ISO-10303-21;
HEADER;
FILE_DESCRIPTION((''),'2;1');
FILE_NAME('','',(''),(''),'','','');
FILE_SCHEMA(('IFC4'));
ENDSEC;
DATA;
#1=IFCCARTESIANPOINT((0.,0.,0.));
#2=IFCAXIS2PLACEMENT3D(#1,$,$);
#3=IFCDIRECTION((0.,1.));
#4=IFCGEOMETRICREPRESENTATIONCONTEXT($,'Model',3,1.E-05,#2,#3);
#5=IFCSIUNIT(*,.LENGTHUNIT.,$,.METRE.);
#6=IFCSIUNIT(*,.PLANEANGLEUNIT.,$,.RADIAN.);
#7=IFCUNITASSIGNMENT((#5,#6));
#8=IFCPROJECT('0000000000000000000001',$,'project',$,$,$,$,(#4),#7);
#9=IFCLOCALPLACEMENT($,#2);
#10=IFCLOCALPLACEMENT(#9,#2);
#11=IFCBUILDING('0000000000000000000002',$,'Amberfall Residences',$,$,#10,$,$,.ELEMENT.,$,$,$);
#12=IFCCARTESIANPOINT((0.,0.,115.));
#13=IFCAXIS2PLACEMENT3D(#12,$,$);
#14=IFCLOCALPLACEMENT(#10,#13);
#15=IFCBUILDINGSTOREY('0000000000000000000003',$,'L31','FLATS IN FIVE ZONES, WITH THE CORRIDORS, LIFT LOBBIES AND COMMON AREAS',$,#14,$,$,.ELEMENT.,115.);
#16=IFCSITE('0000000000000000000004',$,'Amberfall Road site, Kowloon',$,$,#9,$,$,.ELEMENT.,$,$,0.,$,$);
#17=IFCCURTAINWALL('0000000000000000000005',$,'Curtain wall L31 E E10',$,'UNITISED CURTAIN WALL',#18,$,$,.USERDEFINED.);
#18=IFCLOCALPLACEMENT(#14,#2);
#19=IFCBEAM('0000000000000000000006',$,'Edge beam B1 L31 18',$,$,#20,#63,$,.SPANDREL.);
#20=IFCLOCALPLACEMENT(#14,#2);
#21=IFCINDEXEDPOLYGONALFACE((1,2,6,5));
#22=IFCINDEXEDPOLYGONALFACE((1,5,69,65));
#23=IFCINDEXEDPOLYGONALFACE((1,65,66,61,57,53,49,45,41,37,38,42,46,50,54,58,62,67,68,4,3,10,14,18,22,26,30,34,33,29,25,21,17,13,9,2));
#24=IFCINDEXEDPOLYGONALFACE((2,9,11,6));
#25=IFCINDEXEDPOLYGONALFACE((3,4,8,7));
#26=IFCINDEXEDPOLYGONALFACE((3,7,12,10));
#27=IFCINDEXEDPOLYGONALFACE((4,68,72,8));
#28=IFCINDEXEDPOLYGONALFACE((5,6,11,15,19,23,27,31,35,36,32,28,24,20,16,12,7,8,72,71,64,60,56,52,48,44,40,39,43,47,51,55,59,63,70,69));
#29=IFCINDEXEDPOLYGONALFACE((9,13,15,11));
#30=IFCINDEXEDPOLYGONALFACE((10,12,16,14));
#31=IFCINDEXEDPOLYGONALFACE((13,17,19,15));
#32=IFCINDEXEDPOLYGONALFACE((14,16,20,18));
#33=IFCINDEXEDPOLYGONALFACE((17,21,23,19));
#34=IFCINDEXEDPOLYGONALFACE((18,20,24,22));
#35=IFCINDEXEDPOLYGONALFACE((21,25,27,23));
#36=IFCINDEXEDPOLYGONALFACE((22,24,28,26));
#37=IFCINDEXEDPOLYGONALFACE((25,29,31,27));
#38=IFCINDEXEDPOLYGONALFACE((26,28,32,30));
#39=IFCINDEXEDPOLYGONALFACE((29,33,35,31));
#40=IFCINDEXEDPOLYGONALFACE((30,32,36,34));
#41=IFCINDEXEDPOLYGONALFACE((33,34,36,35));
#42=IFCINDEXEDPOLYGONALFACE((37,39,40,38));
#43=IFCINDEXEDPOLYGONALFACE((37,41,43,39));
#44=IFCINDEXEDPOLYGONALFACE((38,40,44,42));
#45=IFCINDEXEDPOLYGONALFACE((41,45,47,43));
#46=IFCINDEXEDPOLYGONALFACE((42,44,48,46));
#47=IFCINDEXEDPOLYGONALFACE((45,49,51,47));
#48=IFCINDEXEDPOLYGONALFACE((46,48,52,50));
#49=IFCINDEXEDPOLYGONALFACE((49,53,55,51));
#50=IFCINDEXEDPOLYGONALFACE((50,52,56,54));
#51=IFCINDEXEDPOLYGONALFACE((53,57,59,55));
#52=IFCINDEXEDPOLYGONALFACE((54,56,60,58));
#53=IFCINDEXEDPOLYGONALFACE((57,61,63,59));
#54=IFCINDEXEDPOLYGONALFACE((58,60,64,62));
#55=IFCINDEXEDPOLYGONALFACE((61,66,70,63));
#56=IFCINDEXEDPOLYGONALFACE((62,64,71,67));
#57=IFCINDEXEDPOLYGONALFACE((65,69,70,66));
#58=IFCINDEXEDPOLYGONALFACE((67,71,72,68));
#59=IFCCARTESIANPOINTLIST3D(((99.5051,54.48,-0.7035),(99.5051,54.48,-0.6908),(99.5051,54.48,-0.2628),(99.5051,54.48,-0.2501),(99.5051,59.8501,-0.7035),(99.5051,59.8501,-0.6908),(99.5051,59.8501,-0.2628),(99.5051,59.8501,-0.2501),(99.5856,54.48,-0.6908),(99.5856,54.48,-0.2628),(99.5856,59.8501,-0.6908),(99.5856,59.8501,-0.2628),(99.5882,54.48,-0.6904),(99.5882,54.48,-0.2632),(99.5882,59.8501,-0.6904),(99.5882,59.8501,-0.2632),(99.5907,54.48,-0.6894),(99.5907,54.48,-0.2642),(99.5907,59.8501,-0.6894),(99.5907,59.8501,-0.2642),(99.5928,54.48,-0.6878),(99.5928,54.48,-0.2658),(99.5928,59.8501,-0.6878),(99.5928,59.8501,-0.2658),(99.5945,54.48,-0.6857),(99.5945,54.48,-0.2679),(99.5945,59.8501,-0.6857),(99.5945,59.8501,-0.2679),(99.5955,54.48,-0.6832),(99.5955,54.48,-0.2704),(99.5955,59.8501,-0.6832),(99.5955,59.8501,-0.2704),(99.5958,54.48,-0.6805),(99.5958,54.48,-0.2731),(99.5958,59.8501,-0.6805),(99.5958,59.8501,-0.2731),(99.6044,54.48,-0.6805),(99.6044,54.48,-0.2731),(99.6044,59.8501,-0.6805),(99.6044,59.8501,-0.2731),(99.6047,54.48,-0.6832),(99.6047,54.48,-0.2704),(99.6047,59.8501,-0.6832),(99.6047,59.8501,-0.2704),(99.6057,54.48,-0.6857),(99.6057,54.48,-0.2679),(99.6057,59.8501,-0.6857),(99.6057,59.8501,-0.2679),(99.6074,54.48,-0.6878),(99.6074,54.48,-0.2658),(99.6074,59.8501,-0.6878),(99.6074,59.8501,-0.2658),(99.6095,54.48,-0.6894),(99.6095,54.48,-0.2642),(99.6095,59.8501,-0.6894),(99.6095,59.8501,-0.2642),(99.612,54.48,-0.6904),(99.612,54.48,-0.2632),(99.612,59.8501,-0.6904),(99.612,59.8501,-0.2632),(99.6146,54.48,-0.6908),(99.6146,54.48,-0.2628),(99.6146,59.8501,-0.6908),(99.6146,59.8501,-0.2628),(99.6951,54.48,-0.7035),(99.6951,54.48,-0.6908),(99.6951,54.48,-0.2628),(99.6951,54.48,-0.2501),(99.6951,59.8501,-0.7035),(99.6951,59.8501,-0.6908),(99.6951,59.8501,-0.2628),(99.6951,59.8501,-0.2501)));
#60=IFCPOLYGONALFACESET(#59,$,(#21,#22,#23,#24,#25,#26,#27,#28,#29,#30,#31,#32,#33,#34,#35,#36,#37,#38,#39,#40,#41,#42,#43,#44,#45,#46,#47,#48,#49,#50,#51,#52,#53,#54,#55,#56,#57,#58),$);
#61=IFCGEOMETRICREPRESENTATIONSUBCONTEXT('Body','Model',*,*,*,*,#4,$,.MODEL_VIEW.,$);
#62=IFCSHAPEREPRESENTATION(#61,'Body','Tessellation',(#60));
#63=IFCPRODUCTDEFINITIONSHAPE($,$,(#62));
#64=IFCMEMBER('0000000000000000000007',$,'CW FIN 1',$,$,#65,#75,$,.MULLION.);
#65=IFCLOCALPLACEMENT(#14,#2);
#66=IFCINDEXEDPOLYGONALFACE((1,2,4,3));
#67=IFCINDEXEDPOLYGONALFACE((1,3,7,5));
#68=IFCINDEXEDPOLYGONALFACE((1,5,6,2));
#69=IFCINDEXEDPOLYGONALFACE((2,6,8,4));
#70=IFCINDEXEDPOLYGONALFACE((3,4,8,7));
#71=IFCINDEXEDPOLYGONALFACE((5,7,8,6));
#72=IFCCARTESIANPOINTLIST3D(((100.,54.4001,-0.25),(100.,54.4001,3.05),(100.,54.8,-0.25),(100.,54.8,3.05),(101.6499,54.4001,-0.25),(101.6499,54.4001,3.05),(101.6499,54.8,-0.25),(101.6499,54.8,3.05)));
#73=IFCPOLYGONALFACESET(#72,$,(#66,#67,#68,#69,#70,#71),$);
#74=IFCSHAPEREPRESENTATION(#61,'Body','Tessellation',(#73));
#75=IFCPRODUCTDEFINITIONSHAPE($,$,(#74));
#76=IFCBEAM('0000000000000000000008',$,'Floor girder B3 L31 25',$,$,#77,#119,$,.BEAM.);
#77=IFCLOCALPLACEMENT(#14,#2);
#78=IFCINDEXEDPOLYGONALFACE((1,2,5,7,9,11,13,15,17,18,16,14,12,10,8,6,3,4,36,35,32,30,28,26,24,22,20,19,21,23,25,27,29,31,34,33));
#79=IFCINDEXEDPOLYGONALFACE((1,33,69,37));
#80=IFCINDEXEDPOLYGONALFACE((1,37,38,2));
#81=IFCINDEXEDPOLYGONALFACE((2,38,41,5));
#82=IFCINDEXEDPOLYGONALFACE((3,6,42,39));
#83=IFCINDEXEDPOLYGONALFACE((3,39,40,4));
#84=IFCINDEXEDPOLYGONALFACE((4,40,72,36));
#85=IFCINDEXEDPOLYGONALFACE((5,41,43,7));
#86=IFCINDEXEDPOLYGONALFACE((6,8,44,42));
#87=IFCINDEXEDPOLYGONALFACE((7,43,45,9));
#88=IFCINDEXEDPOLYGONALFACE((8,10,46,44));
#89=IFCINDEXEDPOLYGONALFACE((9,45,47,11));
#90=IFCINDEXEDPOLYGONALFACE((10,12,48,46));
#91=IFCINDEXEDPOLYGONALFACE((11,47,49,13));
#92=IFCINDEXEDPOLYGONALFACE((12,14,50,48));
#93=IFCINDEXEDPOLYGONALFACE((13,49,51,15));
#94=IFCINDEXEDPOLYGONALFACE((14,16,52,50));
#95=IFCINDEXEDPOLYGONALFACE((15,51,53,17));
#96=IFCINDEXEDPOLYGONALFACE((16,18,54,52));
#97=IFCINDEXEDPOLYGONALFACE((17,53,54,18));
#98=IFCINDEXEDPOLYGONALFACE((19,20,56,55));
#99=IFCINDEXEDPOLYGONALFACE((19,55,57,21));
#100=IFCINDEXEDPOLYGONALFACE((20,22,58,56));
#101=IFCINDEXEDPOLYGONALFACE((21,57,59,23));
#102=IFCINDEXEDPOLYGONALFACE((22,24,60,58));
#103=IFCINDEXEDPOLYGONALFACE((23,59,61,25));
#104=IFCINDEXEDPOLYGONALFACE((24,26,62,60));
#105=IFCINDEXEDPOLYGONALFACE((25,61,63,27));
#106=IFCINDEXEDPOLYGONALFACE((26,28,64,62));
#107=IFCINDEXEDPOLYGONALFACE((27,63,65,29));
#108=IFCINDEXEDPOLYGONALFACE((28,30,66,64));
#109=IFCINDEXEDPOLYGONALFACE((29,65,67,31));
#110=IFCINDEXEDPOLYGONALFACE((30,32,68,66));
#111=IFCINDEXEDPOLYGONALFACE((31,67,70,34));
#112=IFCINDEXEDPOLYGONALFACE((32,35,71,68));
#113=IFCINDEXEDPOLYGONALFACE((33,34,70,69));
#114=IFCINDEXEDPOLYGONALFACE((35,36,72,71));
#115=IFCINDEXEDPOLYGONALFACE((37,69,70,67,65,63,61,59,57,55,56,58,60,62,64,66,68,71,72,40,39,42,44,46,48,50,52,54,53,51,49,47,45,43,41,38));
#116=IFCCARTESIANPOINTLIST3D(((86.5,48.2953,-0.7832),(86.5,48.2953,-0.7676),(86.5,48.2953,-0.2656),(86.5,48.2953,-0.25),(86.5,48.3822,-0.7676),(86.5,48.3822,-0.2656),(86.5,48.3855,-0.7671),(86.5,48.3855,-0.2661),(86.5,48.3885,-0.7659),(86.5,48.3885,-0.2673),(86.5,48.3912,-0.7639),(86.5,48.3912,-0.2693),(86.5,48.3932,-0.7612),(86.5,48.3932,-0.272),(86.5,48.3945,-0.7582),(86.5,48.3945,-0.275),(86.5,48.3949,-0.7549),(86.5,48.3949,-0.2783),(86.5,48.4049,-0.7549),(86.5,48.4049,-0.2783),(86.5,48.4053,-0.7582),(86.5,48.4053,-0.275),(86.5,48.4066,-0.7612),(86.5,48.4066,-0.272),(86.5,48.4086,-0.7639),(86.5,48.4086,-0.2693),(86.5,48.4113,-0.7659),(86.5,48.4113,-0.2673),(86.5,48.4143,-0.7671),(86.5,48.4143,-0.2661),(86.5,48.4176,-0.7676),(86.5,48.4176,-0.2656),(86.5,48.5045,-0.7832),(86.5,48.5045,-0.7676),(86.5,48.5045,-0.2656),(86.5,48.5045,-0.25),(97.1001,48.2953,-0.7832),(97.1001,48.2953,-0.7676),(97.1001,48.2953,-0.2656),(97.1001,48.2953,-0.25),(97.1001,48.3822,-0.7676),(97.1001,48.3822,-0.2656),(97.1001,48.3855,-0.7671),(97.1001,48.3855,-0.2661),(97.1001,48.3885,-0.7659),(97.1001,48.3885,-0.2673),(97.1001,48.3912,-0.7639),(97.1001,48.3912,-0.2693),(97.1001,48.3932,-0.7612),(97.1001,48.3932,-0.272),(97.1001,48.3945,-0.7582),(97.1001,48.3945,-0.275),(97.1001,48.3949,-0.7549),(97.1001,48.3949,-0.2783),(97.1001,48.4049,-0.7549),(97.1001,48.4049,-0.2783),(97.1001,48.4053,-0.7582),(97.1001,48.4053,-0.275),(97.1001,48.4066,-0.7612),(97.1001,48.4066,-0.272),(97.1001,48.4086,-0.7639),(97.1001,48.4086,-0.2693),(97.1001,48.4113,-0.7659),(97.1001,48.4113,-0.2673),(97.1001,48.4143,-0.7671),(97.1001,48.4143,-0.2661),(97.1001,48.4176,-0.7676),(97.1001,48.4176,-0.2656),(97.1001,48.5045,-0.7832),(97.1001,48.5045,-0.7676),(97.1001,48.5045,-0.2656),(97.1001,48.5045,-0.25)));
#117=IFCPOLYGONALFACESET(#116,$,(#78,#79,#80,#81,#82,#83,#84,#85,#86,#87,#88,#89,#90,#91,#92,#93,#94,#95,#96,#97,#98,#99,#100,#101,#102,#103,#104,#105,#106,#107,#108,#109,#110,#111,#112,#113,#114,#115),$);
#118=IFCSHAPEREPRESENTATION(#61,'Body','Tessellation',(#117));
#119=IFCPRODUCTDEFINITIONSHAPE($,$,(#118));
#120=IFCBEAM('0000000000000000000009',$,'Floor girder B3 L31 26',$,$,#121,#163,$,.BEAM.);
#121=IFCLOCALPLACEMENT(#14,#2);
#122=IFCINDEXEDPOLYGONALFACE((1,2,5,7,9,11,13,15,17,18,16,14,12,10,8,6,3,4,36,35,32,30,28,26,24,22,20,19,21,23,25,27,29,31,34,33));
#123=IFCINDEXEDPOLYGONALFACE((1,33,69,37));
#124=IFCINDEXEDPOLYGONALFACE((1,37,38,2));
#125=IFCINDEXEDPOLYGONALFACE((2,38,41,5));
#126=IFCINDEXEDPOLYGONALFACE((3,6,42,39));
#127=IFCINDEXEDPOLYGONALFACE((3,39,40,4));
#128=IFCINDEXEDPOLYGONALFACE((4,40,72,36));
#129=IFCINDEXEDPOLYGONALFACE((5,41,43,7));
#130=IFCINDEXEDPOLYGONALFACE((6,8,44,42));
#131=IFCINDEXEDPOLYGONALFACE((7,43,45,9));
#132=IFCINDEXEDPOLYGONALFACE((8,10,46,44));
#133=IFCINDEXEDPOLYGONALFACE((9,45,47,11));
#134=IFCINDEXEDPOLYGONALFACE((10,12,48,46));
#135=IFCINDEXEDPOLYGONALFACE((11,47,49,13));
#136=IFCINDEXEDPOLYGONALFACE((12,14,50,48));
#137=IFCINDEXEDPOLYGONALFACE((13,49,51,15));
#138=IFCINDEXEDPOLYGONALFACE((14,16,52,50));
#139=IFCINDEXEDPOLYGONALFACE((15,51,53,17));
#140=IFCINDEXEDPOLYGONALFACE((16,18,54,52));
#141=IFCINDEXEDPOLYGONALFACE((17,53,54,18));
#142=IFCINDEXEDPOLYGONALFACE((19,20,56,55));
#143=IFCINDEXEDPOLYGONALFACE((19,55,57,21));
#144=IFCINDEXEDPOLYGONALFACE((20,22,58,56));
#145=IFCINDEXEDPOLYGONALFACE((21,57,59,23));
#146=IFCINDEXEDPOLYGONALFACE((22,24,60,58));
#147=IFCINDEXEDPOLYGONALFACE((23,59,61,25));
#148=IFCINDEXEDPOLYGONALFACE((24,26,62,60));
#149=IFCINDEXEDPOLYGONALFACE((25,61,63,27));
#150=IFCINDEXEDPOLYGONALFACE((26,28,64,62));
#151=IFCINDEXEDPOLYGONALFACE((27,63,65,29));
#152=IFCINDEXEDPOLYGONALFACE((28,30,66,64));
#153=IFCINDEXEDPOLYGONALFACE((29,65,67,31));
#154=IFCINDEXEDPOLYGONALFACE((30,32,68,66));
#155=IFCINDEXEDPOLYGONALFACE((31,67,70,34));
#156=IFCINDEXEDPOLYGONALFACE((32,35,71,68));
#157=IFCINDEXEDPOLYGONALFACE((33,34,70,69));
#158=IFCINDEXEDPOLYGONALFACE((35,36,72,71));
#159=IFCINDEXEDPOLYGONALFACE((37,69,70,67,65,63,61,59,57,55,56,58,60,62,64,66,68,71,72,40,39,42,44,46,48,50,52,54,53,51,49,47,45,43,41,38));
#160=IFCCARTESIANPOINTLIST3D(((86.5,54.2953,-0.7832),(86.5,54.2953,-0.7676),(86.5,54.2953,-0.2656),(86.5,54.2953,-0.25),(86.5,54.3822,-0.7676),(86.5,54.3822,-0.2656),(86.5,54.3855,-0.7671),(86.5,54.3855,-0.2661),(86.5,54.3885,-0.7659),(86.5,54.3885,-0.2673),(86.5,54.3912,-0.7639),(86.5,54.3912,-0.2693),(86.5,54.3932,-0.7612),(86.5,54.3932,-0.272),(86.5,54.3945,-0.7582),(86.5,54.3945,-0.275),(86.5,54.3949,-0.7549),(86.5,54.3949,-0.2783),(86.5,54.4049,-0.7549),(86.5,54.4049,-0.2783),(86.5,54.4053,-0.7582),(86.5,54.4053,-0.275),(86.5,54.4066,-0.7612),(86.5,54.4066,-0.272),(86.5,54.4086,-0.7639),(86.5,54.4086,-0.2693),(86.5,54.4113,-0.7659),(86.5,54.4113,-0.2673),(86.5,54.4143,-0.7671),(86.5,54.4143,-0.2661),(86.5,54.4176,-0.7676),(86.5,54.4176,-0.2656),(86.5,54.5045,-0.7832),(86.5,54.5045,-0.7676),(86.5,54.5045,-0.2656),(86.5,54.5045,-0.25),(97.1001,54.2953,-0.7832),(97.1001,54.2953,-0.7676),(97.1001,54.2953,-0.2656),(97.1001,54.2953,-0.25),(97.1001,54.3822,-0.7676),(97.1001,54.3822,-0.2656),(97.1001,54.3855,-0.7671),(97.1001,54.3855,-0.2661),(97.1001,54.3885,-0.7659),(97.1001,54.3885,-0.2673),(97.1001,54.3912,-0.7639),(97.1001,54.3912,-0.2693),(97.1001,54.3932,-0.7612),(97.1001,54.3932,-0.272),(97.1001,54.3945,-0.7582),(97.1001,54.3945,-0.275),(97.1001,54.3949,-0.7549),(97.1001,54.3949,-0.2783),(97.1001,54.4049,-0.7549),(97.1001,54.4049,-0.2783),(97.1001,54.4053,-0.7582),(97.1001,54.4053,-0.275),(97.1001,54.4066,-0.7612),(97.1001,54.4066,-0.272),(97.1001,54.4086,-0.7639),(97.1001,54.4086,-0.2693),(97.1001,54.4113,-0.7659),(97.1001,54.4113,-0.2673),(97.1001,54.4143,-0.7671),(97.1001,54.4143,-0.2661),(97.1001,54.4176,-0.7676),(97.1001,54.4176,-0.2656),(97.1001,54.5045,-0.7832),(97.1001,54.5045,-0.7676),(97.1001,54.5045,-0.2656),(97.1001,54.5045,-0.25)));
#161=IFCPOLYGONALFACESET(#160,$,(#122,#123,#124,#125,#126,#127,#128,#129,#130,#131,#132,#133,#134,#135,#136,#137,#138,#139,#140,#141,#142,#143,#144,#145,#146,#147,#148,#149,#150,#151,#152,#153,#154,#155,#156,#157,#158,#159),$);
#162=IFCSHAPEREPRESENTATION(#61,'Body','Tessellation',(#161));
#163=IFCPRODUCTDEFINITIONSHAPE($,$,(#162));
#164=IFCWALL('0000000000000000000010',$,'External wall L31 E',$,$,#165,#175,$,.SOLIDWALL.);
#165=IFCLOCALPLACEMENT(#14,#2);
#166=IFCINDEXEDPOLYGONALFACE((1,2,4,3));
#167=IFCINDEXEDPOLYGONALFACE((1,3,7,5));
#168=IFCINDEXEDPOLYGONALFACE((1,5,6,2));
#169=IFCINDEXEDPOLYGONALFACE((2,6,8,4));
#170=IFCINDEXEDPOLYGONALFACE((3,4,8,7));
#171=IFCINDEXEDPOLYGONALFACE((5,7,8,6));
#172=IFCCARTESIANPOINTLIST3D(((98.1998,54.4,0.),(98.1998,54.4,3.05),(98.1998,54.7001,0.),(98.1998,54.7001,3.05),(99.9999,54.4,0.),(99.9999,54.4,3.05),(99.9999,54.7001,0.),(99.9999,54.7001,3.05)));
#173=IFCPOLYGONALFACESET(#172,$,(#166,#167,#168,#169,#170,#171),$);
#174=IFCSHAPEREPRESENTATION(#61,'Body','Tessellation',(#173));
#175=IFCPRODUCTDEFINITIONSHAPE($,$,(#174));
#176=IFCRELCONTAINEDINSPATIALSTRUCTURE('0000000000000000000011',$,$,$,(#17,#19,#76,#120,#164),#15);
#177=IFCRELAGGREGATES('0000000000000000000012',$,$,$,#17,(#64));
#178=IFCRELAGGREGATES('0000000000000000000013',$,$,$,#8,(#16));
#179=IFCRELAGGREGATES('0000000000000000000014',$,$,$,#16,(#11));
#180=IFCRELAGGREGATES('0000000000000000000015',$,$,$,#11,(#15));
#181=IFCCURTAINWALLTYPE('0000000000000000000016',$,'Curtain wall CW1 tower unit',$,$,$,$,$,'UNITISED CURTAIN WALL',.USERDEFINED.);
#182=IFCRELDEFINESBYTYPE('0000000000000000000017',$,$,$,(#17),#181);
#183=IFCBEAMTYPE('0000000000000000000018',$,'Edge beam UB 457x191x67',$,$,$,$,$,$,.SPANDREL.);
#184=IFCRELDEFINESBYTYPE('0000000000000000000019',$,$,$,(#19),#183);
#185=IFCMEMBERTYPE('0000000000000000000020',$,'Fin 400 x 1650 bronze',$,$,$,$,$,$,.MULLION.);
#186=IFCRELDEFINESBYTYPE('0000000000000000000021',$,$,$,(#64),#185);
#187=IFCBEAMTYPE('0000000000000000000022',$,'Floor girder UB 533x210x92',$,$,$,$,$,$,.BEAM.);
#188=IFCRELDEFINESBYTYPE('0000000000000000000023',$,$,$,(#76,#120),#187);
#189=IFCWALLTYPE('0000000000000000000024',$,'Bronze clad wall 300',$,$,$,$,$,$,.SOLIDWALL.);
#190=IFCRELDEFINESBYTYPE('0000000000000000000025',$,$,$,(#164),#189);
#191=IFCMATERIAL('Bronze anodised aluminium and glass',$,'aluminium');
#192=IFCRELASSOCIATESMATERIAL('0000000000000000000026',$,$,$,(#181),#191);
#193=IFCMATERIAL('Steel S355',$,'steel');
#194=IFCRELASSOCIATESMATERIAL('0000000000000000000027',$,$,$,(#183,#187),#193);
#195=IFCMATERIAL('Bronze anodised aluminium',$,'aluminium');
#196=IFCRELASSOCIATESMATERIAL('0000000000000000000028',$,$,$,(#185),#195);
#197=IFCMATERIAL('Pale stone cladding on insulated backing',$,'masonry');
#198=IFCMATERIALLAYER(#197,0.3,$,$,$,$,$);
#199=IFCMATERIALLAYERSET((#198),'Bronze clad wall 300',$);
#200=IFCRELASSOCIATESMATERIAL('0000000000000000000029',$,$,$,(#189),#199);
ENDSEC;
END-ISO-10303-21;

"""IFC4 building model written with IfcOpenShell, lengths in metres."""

from ifc_helpers import new_model, si_unit, direction, frame, frame_2d, origin, origin_2d, place, context, subcontext, project, spatial, rectangle, i_section, extrude, material, layer, layer_set, material_profile, profile_set, type_object, element, aggregate, save


model = new_model("IFC4")

# Units and contexts
model_context = context("Model", 3, precision=1e-05, world=origin(), true_north=direction((0.0, 1.0)))
body_context = subcontext(model_context, "Body", "Model", "MODEL_VIEW")
ifc_project = project(units=[si_unit("LENGTHUNIT", "METRE"), si_unit("PLANEANGLEUNIT", "RADIAN")], contexts=[model_context])

# Site, building, storey
site_placement = place(None, origin())
site = spatial("IfcSite", under=ifc_project, at=site_placement, Name="Amberfall Road site, Kowloon", CompositionType="ELEMENT", RefElevation=0.0)
building_placement = place(site_placement, origin())
building = spatial("IfcBuilding", under=site, at=building_placement, Name="Amberfall Residences", CompositionType="ELEMENT")
storey_placement = place(building_placement, frame((0.0, 0.0, 115.0)))
storey = spatial("IfcBuildingStorey", under=building, at=storey_placement, Name="L31", Description="FLATS IN FIVE ZONES, WITH THE CORRIDORS, LIFT LOBBIES AND COMMON AREAS", CompositionType="ELEMENT", Elevation=115.0)

# Curtain wall
ifc_material_1 = material(Name="Bronze anodised aluminium and glass", Category="aluminium")
curtain_wall_type = type_object("IfcCurtainWallType", Name="Curtain wall CW1 tower unit", ElementType="UNITISED CURTAIN WALL", PredefinedType="USERDEFINED", material=ifc_material_1)
curtain_wall_placement = place(storey_placement, origin())
curtain_wall = element("IfcCurtainWall", 1, at=curtain_wall_placement, inside=storey, type_object=curtain_wall_type, Name="Curtain wall L31 E E10", ObjectType="UNITISED CURTAIN WALL", PredefinedType="USERDEFINED")
ifc_material_2 = material(Name="Bronze anodised aluminium", Category="aluminium")

# Beam
ifc_material_3 = material(Name="Steel S355", Category="steel")
ifc_material_profile_1 = material_profile(ifc_material_3, i_section(OverallWidth=0.1899, OverallDepth=0.4534, WebThickness=0.0085, FlangeThickness=0.0127, FilletRadius=0.0103, at=origin_2d()), Name="UB 457x191x67")
ifc_profile_set_1 = profile_set([ifc_material_profile_1], Name="Steel S355")
beam_type_1 = type_object("IfcBeamType", Name="Edge beam UB 457x191x67", PredefinedType="SPANDREL", material=ifc_profile_set_1)
beam_1_placement = place(storey_placement, frame((99.6001, 54.48, -0.4768), z_axis=(0.0, 1.0, 0.0), x_axis=(-1.0, 0.0, 0.0)))
element("IfcBeam", 2, at=beam_1_placement, inside=storey, type_object=beam_type_1, Name="Edge beam B1 L31 18", PredefinedType="SPANDREL", context=body_context, shape_type="SweptSolid", body=[
    extrude(i_section(OverallWidth=0.1899, OverallDepth=0.4534, WebThickness=0.0085, FlangeThickness=0.0127, FilletRadius=0.0103, at=origin_2d()), origin(), (0.0, 0.0, 1.0), 5.3701),
])

# Member
ifc_material_profile_2 = material_profile(ifc_material_2, rectangle(XDim=1.6499, YDim=0.3999, at=origin_2d()), Name="Fin 400 x 1650 bronze")
ifc_profile_set_2 = profile_set([ifc_material_profile_2], Name="Bronze anodised aluminium")
member_type_1 = type_object("IfcMemberType", Name="Fin 400 x 1650 bronze", PredefinedType="MULLION", material=ifc_profile_set_2)
member_1_placement = place(storey_placement, frame((100.825, 54.6001, -0.25), z_axis=(0.0, 0.0, 1.0), x_axis=(-1.0, 0.0, 0.0)))
member_1 = element("IfcMember", 3, at=member_1_placement, type_object=member_type_1, Name="CW FIN 1", PredefinedType="MULLION", context=body_context, shape_type="SweptSolid", body=[
    extrude(rectangle(XDim=1.6499, YDim=0.3999, at=origin_2d()), origin(), (0.0, 0.0, 1.0), 3.3),
])
aggregate(curtain_wall, [member_1])

# Beams
ifc_material_profile_3 = material_profile(ifc_material_3, i_section(OverallWidth=0.2092, OverallDepth=0.5332, WebThickness=0.01, FlangeThickness=0.0156, FilletRadius=0.0127, at=origin_2d()), Name="UB 533x210x92")
ifc_profile_set_3 = profile_set([ifc_material_profile_3], Name="Steel S355")
beam_type_2 = type_object("IfcBeamType", Name="Floor girder UB 533x210x92", PredefinedType="BEAM", material=ifc_profile_set_3)
for number, where, z_axis, x_axis, name in (
    (4, (97.1001, 48.3999, -0.5166), (-1.0, 0.0, 0.0), (0.0, -1.0, 0.0), "Floor girder B3 L31 25"),
    (5, (97.1001, 54.3999, -0.5166), (-1.0, 0.0, 0.0), (0.0, -1.0, 0.0), "Floor girder B3 L31 26"),
):
    element("IfcBeam", number, at=place(storey_placement, frame(where, z_axis=z_axis, x_axis=x_axis)), inside=storey, type_object=beam_type_2, Name=name, PredefinedType="BEAM", context=body_context, shape_type="SweptSolid", body=[
        extrude(i_section(OverallWidth=0.2092, OverallDepth=0.5332, WebThickness=0.01, FlangeThickness=0.0156, FilletRadius=0.0127, at=origin_2d()), origin(), (0.0, 0.0, 1.0), 10.6001),
    ])

# Wall
ifc_material_4 = material(Name="Pale stone cladding on insulated backing", Category="masonry")
ifc_layer_1 = layer(ifc_material_4, 0.3)
ifc_layer_set_1 = layer_set([ifc_layer_1], Name="Bronze clad wall 300")
wall_type_1 = type_object("IfcWallType", Name="Bronze clad wall 300", PredefinedType="SOLIDWALL", material=ifc_layer_set_1)
wall_1_placement = place(storey_placement, frame((98.2, 54.55, 0.0), z_axis=(0.0, 0.0, 1.0), x_axis=(1.0, 0.0, 0.0)))
element("IfcWall", 6, at=wall_1_placement, inside=storey, type_object=wall_type_1, Name="External wall L31 E", PredefinedType="SOLIDWALL", context=body_context, shape_type="SweptSolid", body=[
    extrude(rectangle(XDim=1.8, YDim=0.3, at=frame_2d((0.8999, 0.0))), origin(), (0.0, 0.0, 1.0), 3.05),
])

save(model, "model.ifc")
